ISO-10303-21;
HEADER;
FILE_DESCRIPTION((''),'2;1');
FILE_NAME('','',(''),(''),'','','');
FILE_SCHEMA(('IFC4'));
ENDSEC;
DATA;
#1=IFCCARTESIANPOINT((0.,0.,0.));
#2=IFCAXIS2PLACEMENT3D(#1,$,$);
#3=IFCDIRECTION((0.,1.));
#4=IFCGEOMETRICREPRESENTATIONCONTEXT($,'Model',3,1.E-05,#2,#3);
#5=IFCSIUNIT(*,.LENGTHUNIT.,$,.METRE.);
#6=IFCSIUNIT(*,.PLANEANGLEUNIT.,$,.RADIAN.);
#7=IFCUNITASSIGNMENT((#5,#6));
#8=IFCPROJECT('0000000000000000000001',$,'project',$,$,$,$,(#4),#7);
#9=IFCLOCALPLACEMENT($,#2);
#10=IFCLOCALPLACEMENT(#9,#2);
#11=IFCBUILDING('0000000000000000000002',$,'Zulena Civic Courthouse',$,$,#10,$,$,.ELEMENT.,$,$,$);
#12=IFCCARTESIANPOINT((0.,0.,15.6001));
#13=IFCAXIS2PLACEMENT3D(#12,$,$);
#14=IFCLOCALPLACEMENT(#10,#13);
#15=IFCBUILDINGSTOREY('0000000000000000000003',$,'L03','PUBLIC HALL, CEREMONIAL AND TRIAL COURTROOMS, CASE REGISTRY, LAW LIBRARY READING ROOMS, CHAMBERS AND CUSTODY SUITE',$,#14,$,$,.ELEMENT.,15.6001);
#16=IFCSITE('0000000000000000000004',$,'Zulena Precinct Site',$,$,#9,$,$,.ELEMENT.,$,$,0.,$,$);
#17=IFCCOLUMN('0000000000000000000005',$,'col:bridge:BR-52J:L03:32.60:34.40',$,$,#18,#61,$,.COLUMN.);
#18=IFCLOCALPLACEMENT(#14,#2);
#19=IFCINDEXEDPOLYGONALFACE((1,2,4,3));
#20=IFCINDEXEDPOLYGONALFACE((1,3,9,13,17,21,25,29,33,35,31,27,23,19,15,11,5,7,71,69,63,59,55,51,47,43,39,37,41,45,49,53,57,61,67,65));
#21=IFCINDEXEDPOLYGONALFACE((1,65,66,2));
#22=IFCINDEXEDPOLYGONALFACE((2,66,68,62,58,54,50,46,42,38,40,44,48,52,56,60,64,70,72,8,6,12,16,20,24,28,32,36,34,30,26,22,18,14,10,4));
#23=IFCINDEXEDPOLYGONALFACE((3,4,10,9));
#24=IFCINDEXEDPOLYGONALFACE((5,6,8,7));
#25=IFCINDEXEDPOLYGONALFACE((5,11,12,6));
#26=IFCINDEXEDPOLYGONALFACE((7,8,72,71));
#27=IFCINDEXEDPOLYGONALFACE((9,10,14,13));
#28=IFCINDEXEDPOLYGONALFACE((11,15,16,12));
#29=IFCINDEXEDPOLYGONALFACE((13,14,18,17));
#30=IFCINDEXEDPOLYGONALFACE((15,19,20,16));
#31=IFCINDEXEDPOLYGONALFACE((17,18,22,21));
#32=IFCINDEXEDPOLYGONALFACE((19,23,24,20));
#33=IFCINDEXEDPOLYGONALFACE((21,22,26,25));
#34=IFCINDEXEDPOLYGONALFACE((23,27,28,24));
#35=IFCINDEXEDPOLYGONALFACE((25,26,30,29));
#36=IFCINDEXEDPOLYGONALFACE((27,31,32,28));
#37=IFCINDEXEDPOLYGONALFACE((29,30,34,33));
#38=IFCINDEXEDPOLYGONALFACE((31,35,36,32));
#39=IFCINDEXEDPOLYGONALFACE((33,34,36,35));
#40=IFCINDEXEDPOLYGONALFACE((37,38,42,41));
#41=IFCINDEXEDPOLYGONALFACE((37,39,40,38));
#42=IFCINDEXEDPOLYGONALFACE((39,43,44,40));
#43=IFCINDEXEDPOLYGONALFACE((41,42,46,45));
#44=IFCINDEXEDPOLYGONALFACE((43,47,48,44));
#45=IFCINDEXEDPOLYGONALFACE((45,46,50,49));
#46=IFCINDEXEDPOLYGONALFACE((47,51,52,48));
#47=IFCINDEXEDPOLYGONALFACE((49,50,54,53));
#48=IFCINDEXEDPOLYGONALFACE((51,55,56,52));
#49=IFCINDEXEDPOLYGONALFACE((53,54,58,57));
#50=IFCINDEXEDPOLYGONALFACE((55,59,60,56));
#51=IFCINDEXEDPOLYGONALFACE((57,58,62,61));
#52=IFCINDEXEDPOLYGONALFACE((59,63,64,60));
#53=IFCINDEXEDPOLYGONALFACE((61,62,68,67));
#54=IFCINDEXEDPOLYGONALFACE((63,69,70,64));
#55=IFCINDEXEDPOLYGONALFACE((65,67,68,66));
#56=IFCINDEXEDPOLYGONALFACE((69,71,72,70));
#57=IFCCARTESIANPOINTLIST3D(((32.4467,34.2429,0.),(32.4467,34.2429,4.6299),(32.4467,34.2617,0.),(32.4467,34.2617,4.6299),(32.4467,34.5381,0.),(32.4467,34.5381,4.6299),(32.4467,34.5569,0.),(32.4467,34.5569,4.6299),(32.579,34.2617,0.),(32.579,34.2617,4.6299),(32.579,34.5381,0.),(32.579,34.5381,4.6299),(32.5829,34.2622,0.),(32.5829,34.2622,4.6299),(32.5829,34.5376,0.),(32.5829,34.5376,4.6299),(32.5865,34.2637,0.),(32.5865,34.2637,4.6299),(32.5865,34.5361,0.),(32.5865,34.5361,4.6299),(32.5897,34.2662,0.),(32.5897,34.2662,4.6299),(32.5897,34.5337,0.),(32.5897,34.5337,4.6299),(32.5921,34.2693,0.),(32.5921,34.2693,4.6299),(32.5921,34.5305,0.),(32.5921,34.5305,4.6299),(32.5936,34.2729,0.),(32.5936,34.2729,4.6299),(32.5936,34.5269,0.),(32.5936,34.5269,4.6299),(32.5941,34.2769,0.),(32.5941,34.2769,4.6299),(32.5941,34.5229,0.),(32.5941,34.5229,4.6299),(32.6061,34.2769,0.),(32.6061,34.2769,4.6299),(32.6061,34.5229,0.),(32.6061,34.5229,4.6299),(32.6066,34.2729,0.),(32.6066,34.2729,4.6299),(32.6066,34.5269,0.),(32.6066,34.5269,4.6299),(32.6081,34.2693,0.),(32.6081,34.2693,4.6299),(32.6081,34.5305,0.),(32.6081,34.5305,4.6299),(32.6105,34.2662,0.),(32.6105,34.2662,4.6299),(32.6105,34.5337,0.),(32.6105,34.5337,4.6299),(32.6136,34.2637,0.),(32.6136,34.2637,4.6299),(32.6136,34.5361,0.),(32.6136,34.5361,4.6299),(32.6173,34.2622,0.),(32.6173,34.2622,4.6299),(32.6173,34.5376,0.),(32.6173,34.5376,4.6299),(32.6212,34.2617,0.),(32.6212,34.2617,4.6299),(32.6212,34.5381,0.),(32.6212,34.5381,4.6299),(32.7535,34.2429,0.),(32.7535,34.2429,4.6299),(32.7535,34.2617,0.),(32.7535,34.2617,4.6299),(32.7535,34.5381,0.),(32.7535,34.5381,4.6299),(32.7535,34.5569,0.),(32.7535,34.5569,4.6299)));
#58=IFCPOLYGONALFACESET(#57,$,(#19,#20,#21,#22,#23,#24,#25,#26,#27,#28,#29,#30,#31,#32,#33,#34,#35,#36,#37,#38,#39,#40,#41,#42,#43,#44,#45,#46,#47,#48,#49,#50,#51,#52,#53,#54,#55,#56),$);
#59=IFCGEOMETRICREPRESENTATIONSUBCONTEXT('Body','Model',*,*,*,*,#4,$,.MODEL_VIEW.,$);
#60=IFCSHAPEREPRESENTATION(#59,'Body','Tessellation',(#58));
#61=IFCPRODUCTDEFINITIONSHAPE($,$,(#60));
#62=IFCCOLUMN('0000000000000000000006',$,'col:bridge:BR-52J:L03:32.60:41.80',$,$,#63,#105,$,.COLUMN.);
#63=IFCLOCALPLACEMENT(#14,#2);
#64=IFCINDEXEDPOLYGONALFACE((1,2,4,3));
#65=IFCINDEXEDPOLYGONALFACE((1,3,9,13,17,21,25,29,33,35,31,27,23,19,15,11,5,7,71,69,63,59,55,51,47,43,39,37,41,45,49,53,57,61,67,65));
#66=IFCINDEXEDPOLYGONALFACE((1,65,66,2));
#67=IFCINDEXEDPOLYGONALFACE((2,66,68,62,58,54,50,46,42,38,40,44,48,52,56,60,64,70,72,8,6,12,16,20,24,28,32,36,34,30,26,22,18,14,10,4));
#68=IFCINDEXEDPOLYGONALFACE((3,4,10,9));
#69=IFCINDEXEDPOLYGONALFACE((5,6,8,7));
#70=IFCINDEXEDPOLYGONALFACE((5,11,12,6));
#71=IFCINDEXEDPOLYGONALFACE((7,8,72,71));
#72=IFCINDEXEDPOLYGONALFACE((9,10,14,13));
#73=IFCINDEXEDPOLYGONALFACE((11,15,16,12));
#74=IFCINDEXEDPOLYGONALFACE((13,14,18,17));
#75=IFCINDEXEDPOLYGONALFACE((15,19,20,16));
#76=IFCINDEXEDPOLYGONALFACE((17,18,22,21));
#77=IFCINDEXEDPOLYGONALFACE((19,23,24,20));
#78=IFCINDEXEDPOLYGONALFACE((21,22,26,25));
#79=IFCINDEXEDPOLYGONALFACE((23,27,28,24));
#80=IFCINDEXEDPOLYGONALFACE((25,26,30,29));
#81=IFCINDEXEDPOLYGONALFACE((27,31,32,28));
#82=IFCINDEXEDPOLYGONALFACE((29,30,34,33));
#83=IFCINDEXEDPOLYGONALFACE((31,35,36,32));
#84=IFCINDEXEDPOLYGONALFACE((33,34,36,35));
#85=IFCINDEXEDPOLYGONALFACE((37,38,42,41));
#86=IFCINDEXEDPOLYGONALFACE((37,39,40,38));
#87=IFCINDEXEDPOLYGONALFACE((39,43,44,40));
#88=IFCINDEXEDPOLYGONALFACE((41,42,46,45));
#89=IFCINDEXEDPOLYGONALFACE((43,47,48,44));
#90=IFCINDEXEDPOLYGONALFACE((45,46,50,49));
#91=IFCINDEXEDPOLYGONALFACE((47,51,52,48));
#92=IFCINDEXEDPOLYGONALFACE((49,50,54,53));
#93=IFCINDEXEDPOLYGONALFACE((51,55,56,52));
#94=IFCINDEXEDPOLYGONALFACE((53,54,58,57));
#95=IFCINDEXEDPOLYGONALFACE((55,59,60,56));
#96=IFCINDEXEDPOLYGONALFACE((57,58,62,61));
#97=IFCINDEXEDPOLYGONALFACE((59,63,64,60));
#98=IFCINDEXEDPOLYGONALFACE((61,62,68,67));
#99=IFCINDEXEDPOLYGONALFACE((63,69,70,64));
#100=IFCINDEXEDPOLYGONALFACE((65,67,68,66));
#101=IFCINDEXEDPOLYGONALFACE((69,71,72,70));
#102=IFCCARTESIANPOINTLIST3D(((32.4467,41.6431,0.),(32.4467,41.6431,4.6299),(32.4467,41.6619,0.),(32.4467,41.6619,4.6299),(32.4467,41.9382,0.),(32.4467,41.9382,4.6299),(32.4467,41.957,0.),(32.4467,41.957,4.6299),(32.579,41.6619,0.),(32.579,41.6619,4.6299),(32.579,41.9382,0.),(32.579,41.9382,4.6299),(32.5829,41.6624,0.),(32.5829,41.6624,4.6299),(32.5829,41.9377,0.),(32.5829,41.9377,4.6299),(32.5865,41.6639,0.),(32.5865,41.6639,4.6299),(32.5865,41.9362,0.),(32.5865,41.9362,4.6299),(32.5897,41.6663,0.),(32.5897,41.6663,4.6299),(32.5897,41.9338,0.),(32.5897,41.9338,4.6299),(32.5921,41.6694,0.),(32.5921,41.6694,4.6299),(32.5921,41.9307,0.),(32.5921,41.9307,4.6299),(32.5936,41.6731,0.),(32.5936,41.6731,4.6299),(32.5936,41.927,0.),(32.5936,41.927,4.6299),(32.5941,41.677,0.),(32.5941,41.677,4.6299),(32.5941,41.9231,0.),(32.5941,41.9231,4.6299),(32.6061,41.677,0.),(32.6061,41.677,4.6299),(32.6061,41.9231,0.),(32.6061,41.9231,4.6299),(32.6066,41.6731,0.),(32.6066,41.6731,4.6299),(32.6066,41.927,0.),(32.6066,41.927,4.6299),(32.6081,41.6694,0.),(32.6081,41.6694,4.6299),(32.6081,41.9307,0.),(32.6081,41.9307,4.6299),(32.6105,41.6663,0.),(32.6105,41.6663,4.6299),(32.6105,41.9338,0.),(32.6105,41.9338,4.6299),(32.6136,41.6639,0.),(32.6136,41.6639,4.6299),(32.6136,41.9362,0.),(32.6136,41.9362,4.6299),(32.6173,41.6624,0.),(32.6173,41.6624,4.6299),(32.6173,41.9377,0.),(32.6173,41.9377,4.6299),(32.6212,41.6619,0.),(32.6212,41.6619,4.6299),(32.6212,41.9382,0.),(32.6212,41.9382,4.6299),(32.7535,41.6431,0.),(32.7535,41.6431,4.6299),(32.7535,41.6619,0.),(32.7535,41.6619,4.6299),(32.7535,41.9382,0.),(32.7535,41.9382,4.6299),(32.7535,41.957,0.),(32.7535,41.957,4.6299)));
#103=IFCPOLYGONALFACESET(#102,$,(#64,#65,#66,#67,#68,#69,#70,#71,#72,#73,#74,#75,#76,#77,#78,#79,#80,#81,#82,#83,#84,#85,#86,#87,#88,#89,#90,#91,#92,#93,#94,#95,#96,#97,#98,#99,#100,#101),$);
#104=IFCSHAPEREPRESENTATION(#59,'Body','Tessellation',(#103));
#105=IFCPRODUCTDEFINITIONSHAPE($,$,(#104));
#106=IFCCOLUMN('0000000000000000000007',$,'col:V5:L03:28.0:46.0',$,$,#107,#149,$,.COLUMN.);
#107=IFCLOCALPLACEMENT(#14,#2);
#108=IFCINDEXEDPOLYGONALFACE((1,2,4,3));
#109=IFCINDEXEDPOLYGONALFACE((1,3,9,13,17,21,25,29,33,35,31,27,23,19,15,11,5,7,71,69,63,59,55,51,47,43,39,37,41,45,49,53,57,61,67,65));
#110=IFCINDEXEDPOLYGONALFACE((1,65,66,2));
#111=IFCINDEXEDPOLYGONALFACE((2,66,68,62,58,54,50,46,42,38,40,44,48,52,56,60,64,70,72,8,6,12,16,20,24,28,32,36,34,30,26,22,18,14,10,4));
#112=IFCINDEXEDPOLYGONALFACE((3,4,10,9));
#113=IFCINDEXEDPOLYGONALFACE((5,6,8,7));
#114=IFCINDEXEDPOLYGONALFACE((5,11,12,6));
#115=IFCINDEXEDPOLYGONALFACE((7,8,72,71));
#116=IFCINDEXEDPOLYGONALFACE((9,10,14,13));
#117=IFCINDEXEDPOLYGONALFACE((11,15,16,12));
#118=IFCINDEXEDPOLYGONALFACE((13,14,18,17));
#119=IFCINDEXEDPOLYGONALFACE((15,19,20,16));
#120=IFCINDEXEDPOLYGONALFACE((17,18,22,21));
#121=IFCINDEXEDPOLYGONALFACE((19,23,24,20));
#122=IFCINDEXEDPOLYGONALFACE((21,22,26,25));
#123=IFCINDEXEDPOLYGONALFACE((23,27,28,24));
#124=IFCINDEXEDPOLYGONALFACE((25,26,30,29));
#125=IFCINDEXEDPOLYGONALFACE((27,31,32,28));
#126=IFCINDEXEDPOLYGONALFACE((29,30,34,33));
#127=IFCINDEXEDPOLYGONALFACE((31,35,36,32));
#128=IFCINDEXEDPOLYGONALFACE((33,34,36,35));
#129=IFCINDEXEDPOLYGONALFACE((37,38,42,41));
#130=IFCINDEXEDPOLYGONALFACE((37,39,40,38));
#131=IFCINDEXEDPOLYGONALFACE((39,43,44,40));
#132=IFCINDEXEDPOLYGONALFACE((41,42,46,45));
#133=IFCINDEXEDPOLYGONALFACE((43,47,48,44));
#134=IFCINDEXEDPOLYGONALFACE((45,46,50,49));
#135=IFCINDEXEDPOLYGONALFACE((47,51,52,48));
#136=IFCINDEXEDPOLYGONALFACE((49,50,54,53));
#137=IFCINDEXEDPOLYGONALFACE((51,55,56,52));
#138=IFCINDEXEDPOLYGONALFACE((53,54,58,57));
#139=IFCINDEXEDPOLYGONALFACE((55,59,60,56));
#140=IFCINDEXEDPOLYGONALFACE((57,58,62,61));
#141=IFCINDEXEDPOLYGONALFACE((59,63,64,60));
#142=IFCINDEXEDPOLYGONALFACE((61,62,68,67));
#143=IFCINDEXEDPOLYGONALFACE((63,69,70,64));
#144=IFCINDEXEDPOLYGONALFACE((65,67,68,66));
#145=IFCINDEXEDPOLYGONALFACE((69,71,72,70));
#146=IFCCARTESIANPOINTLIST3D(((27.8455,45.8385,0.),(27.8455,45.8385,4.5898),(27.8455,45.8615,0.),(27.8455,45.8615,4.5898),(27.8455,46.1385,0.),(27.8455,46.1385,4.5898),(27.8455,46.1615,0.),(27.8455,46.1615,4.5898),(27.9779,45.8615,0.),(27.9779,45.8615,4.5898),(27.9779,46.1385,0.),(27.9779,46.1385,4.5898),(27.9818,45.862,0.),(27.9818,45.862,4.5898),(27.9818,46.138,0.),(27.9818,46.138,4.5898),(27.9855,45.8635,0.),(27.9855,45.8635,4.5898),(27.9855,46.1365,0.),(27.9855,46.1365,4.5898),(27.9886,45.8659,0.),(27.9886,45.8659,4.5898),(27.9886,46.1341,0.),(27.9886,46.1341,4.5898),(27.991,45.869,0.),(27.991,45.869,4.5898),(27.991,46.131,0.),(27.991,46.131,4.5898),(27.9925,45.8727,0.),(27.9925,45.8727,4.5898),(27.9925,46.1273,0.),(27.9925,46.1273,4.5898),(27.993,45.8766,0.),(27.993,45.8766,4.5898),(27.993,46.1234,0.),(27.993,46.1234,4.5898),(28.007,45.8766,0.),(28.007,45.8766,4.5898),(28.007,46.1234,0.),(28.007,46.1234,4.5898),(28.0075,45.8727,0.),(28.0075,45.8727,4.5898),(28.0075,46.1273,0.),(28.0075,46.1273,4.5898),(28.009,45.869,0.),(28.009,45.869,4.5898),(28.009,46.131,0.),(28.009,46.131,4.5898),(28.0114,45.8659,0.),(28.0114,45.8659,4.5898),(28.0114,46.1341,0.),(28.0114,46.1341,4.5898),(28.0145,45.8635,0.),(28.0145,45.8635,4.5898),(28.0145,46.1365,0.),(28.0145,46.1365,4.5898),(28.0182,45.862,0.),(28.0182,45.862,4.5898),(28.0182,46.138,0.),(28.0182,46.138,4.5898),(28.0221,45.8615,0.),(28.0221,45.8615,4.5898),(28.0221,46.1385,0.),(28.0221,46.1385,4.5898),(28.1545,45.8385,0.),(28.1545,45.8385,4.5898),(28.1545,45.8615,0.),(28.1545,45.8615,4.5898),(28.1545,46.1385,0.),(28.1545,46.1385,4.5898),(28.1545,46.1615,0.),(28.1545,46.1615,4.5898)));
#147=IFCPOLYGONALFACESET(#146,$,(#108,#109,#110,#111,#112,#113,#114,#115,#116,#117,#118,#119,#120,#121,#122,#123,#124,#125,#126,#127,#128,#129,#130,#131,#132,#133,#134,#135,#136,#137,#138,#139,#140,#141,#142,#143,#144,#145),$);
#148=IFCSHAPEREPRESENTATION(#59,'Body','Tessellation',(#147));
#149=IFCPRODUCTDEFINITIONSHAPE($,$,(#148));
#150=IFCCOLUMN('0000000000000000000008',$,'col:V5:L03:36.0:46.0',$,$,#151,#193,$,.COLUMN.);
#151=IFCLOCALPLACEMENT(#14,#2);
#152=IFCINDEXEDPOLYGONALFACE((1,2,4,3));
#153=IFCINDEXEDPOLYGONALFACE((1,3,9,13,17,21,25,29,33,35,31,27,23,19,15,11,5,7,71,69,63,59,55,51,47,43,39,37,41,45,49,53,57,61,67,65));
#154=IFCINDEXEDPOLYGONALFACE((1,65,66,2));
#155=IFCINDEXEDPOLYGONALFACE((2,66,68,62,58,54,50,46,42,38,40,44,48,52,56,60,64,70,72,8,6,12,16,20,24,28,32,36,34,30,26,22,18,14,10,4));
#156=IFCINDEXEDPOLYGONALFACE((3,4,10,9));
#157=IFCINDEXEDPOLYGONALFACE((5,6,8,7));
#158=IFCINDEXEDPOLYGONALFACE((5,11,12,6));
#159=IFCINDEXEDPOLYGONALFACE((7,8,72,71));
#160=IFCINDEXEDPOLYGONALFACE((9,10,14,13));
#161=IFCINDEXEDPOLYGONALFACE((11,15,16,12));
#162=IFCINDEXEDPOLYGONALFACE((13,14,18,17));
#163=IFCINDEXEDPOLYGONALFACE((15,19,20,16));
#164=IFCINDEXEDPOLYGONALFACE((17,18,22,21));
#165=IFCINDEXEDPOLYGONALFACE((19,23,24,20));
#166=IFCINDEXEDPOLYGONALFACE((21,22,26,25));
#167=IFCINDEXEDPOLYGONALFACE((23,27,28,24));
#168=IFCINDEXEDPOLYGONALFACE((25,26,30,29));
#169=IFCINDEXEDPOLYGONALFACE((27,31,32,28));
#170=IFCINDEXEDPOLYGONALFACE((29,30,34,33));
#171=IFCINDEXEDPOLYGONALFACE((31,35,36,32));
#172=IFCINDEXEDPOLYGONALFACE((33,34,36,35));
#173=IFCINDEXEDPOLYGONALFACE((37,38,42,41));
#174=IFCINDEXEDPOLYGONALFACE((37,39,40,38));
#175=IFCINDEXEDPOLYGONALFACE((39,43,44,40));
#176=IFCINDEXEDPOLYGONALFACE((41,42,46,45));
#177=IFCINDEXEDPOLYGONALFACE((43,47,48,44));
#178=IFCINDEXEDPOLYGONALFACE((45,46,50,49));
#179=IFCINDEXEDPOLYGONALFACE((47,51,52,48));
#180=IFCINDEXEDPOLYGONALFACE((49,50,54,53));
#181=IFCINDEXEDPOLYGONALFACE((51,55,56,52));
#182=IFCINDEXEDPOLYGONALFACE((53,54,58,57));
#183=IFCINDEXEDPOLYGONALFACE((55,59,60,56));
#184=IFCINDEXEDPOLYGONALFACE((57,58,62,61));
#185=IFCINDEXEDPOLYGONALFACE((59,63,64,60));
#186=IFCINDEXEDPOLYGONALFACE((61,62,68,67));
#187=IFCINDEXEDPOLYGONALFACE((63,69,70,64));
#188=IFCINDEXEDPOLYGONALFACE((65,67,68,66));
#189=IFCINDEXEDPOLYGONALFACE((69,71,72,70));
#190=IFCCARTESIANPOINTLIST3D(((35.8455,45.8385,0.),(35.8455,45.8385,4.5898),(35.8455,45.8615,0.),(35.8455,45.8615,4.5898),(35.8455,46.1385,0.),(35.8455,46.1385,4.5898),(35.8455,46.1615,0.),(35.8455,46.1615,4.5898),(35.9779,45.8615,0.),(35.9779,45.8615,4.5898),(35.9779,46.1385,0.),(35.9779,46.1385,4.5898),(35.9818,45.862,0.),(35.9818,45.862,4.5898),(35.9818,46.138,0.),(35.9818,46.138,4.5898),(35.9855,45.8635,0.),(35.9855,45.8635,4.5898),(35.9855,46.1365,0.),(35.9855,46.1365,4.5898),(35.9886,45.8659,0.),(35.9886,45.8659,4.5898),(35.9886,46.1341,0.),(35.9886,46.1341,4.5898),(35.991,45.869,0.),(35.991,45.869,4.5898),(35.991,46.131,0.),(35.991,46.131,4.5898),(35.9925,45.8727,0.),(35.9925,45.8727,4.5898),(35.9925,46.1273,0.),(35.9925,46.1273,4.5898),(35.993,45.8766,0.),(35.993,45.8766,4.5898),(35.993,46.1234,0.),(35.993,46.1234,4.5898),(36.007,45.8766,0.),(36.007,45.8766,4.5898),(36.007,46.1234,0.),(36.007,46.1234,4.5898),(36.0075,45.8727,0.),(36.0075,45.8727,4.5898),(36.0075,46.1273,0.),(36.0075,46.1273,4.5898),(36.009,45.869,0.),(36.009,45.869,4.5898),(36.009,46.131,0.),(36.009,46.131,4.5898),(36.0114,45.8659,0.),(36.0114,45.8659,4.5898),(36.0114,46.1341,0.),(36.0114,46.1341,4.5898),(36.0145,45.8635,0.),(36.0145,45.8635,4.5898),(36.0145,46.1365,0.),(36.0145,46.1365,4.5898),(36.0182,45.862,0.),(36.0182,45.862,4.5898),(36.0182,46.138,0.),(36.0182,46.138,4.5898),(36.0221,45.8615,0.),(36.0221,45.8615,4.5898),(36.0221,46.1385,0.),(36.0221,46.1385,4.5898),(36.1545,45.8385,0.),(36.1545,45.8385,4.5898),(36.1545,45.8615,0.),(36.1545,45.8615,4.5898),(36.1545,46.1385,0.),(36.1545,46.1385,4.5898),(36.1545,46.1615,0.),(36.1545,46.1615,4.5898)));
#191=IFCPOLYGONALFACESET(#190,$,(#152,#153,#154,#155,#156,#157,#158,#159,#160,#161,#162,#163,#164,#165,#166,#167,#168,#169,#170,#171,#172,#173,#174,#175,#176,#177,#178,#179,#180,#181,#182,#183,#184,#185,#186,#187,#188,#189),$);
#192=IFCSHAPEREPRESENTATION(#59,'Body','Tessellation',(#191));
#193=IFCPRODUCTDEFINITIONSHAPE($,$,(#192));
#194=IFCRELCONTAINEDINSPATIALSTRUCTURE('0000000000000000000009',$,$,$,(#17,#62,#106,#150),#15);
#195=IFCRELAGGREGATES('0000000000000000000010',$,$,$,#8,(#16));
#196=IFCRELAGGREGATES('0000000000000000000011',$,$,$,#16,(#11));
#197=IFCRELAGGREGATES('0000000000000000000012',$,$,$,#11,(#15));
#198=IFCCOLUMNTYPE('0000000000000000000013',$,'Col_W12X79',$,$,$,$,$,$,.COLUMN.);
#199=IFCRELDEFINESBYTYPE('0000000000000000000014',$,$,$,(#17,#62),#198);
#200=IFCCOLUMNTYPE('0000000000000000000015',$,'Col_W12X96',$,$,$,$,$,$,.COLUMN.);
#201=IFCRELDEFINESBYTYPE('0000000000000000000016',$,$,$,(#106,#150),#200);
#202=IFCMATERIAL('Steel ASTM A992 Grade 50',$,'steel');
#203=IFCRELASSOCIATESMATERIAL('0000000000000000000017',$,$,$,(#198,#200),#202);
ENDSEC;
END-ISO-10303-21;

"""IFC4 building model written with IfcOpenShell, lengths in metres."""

from ifc_helpers import new_model, si_unit, direction, frame, origin, origin_2d, place, context, subcontext, project, spatial, i_section, extrude, material, material_profile, profile_set, type_object, element, save


model = new_model("IFC4")

# Units and contexts
model_context = context("Model", 3, precision=1e-05, world=origin(), true_north=direction((0.0, 1.0)))
body_context = subcontext(model_context, "Body", "Model", "MODEL_VIEW")
ifc_project = project(units=[si_unit("LENGTHUNIT", "METRE"), si_unit("PLANEANGLEUNIT", "RADIAN")], contexts=[model_context])

# Site, building, storey
site_placement = place(None, origin())
site = spatial("IfcSite", under=ifc_project, at=site_placement, Name="Zulena Precinct Site", CompositionType="ELEMENT", RefElevation=0.0)
building_placement = place(site_placement, origin())
building = spatial("IfcBuilding", under=site, at=building_placement, Name="Zulena Civic Courthouse", CompositionType="ELEMENT")
storey_placement = place(building_placement, frame((0.0, 0.0, 15.6001)))
storey = spatial("IfcBuildingStorey", under=building, at=storey_placement, Name="L03", Description="PUBLIC HALL, CEREMONIAL AND TRIAL COURTROOMS, CASE REGISTRY, LAW LIBRARY READING ROOMS, CHAMBERS AND CUSTODY SUITE", CompositionType="ELEMENT", Elevation=15.6001)

# Columns
ifc_material_1 = material(Name="Steel ASTM A992 Grade 50", Category="steel")
ifc_material_profile_1 = material_profile(ifc_material_1, i_section(OverallWidth=0.3069, OverallDepth=0.314, WebThickness=0.012, FlangeThickness=0.0188, FilletRadius=0.0151, at=origin_2d()), Name="W12X79")
ifc_profile_set_1 = profile_set([ifc_material_profile_1], Name="Steel ASTM A992 Grade 50")
column_type_1 = type_object("IfcColumnType", Name="Col_W12X79", PredefinedType="COLUMN", material=ifc_profile_set_1)
for number, where, z_axis, x_axis, name in (
    (1, (32.6001, 34.3999, 0.0), (0.0, 0.0, 1.0), (1.0, 0.0, 0.0), "col:bridge:BR-52J:L03:32.60:34.40"),
    (2, (32.6001, 41.8, 0.0), (0.0, 0.0, 1.0), (1.0, 0.0, 0.0), "col:bridge:BR-52J:L03:32.60:41.80"),
):
    element("IfcColumn", number, at=place(storey_placement, frame(where, z_axis=z_axis, x_axis=x_axis)), inside=storey, type_object=column_type_1, Name=name, PredefinedType="COLUMN", context=body_context, shape_type="SweptSolid", body=[
        extrude(i_section(OverallWidth=0.3069, OverallDepth=0.314, WebThickness=0.012, FlangeThickness=0.0188, FilletRadius=0.0151, at=origin_2d()), origin(), (0.0, 0.0, 1.0), 4.6299),
    ])
ifc_material_profile_2 = material_profile(ifc_material_1, i_section(OverallWidth=0.3091, OverallDepth=0.323, WebThickness=0.0139, FlangeThickness=0.0229, FilletRadius=0.0151, at=origin_2d()), Name="W12X96")
ifc_profile_set_2 = profile_set([ifc_material_profile_2], Name="Steel ASTM A992 Grade 50")
column_type_2 = type_object("IfcColumnType", Name="Col_W12X96", PredefinedType="COLUMN", material=ifc_profile_set_2)
for number, where, z_axis, x_axis, name in (
    (3, (28.0, 46.0, 0.0), (0.0, 0.0, 1.0), (1.0, 0.0, 0.0), "col:V5:L03:28.0:46.0"),
    (4, (36.0, 46.0, 0.0), (0.0, 0.0, 1.0), (1.0, 0.0, 0.0), "col:V5:L03:36.0:46.0"),
):
    element("IfcColumn", number, at=place(storey_placement, frame(where, z_axis=z_axis, x_axis=x_axis)), inside=storey, type_object=column_type_2, Name=name, PredefinedType="COLUMN", context=body_context, shape_type="SweptSolid", body=[
        extrude(i_section(OverallWidth=0.3091, OverallDepth=0.323, WebThickness=0.0139, FlangeThickness=0.0229, FilletRadius=0.0151, at=origin_2d()), origin(), (0.0, 0.0, 1.0), 4.5898),
    ])

save(model, "model.ifc")
